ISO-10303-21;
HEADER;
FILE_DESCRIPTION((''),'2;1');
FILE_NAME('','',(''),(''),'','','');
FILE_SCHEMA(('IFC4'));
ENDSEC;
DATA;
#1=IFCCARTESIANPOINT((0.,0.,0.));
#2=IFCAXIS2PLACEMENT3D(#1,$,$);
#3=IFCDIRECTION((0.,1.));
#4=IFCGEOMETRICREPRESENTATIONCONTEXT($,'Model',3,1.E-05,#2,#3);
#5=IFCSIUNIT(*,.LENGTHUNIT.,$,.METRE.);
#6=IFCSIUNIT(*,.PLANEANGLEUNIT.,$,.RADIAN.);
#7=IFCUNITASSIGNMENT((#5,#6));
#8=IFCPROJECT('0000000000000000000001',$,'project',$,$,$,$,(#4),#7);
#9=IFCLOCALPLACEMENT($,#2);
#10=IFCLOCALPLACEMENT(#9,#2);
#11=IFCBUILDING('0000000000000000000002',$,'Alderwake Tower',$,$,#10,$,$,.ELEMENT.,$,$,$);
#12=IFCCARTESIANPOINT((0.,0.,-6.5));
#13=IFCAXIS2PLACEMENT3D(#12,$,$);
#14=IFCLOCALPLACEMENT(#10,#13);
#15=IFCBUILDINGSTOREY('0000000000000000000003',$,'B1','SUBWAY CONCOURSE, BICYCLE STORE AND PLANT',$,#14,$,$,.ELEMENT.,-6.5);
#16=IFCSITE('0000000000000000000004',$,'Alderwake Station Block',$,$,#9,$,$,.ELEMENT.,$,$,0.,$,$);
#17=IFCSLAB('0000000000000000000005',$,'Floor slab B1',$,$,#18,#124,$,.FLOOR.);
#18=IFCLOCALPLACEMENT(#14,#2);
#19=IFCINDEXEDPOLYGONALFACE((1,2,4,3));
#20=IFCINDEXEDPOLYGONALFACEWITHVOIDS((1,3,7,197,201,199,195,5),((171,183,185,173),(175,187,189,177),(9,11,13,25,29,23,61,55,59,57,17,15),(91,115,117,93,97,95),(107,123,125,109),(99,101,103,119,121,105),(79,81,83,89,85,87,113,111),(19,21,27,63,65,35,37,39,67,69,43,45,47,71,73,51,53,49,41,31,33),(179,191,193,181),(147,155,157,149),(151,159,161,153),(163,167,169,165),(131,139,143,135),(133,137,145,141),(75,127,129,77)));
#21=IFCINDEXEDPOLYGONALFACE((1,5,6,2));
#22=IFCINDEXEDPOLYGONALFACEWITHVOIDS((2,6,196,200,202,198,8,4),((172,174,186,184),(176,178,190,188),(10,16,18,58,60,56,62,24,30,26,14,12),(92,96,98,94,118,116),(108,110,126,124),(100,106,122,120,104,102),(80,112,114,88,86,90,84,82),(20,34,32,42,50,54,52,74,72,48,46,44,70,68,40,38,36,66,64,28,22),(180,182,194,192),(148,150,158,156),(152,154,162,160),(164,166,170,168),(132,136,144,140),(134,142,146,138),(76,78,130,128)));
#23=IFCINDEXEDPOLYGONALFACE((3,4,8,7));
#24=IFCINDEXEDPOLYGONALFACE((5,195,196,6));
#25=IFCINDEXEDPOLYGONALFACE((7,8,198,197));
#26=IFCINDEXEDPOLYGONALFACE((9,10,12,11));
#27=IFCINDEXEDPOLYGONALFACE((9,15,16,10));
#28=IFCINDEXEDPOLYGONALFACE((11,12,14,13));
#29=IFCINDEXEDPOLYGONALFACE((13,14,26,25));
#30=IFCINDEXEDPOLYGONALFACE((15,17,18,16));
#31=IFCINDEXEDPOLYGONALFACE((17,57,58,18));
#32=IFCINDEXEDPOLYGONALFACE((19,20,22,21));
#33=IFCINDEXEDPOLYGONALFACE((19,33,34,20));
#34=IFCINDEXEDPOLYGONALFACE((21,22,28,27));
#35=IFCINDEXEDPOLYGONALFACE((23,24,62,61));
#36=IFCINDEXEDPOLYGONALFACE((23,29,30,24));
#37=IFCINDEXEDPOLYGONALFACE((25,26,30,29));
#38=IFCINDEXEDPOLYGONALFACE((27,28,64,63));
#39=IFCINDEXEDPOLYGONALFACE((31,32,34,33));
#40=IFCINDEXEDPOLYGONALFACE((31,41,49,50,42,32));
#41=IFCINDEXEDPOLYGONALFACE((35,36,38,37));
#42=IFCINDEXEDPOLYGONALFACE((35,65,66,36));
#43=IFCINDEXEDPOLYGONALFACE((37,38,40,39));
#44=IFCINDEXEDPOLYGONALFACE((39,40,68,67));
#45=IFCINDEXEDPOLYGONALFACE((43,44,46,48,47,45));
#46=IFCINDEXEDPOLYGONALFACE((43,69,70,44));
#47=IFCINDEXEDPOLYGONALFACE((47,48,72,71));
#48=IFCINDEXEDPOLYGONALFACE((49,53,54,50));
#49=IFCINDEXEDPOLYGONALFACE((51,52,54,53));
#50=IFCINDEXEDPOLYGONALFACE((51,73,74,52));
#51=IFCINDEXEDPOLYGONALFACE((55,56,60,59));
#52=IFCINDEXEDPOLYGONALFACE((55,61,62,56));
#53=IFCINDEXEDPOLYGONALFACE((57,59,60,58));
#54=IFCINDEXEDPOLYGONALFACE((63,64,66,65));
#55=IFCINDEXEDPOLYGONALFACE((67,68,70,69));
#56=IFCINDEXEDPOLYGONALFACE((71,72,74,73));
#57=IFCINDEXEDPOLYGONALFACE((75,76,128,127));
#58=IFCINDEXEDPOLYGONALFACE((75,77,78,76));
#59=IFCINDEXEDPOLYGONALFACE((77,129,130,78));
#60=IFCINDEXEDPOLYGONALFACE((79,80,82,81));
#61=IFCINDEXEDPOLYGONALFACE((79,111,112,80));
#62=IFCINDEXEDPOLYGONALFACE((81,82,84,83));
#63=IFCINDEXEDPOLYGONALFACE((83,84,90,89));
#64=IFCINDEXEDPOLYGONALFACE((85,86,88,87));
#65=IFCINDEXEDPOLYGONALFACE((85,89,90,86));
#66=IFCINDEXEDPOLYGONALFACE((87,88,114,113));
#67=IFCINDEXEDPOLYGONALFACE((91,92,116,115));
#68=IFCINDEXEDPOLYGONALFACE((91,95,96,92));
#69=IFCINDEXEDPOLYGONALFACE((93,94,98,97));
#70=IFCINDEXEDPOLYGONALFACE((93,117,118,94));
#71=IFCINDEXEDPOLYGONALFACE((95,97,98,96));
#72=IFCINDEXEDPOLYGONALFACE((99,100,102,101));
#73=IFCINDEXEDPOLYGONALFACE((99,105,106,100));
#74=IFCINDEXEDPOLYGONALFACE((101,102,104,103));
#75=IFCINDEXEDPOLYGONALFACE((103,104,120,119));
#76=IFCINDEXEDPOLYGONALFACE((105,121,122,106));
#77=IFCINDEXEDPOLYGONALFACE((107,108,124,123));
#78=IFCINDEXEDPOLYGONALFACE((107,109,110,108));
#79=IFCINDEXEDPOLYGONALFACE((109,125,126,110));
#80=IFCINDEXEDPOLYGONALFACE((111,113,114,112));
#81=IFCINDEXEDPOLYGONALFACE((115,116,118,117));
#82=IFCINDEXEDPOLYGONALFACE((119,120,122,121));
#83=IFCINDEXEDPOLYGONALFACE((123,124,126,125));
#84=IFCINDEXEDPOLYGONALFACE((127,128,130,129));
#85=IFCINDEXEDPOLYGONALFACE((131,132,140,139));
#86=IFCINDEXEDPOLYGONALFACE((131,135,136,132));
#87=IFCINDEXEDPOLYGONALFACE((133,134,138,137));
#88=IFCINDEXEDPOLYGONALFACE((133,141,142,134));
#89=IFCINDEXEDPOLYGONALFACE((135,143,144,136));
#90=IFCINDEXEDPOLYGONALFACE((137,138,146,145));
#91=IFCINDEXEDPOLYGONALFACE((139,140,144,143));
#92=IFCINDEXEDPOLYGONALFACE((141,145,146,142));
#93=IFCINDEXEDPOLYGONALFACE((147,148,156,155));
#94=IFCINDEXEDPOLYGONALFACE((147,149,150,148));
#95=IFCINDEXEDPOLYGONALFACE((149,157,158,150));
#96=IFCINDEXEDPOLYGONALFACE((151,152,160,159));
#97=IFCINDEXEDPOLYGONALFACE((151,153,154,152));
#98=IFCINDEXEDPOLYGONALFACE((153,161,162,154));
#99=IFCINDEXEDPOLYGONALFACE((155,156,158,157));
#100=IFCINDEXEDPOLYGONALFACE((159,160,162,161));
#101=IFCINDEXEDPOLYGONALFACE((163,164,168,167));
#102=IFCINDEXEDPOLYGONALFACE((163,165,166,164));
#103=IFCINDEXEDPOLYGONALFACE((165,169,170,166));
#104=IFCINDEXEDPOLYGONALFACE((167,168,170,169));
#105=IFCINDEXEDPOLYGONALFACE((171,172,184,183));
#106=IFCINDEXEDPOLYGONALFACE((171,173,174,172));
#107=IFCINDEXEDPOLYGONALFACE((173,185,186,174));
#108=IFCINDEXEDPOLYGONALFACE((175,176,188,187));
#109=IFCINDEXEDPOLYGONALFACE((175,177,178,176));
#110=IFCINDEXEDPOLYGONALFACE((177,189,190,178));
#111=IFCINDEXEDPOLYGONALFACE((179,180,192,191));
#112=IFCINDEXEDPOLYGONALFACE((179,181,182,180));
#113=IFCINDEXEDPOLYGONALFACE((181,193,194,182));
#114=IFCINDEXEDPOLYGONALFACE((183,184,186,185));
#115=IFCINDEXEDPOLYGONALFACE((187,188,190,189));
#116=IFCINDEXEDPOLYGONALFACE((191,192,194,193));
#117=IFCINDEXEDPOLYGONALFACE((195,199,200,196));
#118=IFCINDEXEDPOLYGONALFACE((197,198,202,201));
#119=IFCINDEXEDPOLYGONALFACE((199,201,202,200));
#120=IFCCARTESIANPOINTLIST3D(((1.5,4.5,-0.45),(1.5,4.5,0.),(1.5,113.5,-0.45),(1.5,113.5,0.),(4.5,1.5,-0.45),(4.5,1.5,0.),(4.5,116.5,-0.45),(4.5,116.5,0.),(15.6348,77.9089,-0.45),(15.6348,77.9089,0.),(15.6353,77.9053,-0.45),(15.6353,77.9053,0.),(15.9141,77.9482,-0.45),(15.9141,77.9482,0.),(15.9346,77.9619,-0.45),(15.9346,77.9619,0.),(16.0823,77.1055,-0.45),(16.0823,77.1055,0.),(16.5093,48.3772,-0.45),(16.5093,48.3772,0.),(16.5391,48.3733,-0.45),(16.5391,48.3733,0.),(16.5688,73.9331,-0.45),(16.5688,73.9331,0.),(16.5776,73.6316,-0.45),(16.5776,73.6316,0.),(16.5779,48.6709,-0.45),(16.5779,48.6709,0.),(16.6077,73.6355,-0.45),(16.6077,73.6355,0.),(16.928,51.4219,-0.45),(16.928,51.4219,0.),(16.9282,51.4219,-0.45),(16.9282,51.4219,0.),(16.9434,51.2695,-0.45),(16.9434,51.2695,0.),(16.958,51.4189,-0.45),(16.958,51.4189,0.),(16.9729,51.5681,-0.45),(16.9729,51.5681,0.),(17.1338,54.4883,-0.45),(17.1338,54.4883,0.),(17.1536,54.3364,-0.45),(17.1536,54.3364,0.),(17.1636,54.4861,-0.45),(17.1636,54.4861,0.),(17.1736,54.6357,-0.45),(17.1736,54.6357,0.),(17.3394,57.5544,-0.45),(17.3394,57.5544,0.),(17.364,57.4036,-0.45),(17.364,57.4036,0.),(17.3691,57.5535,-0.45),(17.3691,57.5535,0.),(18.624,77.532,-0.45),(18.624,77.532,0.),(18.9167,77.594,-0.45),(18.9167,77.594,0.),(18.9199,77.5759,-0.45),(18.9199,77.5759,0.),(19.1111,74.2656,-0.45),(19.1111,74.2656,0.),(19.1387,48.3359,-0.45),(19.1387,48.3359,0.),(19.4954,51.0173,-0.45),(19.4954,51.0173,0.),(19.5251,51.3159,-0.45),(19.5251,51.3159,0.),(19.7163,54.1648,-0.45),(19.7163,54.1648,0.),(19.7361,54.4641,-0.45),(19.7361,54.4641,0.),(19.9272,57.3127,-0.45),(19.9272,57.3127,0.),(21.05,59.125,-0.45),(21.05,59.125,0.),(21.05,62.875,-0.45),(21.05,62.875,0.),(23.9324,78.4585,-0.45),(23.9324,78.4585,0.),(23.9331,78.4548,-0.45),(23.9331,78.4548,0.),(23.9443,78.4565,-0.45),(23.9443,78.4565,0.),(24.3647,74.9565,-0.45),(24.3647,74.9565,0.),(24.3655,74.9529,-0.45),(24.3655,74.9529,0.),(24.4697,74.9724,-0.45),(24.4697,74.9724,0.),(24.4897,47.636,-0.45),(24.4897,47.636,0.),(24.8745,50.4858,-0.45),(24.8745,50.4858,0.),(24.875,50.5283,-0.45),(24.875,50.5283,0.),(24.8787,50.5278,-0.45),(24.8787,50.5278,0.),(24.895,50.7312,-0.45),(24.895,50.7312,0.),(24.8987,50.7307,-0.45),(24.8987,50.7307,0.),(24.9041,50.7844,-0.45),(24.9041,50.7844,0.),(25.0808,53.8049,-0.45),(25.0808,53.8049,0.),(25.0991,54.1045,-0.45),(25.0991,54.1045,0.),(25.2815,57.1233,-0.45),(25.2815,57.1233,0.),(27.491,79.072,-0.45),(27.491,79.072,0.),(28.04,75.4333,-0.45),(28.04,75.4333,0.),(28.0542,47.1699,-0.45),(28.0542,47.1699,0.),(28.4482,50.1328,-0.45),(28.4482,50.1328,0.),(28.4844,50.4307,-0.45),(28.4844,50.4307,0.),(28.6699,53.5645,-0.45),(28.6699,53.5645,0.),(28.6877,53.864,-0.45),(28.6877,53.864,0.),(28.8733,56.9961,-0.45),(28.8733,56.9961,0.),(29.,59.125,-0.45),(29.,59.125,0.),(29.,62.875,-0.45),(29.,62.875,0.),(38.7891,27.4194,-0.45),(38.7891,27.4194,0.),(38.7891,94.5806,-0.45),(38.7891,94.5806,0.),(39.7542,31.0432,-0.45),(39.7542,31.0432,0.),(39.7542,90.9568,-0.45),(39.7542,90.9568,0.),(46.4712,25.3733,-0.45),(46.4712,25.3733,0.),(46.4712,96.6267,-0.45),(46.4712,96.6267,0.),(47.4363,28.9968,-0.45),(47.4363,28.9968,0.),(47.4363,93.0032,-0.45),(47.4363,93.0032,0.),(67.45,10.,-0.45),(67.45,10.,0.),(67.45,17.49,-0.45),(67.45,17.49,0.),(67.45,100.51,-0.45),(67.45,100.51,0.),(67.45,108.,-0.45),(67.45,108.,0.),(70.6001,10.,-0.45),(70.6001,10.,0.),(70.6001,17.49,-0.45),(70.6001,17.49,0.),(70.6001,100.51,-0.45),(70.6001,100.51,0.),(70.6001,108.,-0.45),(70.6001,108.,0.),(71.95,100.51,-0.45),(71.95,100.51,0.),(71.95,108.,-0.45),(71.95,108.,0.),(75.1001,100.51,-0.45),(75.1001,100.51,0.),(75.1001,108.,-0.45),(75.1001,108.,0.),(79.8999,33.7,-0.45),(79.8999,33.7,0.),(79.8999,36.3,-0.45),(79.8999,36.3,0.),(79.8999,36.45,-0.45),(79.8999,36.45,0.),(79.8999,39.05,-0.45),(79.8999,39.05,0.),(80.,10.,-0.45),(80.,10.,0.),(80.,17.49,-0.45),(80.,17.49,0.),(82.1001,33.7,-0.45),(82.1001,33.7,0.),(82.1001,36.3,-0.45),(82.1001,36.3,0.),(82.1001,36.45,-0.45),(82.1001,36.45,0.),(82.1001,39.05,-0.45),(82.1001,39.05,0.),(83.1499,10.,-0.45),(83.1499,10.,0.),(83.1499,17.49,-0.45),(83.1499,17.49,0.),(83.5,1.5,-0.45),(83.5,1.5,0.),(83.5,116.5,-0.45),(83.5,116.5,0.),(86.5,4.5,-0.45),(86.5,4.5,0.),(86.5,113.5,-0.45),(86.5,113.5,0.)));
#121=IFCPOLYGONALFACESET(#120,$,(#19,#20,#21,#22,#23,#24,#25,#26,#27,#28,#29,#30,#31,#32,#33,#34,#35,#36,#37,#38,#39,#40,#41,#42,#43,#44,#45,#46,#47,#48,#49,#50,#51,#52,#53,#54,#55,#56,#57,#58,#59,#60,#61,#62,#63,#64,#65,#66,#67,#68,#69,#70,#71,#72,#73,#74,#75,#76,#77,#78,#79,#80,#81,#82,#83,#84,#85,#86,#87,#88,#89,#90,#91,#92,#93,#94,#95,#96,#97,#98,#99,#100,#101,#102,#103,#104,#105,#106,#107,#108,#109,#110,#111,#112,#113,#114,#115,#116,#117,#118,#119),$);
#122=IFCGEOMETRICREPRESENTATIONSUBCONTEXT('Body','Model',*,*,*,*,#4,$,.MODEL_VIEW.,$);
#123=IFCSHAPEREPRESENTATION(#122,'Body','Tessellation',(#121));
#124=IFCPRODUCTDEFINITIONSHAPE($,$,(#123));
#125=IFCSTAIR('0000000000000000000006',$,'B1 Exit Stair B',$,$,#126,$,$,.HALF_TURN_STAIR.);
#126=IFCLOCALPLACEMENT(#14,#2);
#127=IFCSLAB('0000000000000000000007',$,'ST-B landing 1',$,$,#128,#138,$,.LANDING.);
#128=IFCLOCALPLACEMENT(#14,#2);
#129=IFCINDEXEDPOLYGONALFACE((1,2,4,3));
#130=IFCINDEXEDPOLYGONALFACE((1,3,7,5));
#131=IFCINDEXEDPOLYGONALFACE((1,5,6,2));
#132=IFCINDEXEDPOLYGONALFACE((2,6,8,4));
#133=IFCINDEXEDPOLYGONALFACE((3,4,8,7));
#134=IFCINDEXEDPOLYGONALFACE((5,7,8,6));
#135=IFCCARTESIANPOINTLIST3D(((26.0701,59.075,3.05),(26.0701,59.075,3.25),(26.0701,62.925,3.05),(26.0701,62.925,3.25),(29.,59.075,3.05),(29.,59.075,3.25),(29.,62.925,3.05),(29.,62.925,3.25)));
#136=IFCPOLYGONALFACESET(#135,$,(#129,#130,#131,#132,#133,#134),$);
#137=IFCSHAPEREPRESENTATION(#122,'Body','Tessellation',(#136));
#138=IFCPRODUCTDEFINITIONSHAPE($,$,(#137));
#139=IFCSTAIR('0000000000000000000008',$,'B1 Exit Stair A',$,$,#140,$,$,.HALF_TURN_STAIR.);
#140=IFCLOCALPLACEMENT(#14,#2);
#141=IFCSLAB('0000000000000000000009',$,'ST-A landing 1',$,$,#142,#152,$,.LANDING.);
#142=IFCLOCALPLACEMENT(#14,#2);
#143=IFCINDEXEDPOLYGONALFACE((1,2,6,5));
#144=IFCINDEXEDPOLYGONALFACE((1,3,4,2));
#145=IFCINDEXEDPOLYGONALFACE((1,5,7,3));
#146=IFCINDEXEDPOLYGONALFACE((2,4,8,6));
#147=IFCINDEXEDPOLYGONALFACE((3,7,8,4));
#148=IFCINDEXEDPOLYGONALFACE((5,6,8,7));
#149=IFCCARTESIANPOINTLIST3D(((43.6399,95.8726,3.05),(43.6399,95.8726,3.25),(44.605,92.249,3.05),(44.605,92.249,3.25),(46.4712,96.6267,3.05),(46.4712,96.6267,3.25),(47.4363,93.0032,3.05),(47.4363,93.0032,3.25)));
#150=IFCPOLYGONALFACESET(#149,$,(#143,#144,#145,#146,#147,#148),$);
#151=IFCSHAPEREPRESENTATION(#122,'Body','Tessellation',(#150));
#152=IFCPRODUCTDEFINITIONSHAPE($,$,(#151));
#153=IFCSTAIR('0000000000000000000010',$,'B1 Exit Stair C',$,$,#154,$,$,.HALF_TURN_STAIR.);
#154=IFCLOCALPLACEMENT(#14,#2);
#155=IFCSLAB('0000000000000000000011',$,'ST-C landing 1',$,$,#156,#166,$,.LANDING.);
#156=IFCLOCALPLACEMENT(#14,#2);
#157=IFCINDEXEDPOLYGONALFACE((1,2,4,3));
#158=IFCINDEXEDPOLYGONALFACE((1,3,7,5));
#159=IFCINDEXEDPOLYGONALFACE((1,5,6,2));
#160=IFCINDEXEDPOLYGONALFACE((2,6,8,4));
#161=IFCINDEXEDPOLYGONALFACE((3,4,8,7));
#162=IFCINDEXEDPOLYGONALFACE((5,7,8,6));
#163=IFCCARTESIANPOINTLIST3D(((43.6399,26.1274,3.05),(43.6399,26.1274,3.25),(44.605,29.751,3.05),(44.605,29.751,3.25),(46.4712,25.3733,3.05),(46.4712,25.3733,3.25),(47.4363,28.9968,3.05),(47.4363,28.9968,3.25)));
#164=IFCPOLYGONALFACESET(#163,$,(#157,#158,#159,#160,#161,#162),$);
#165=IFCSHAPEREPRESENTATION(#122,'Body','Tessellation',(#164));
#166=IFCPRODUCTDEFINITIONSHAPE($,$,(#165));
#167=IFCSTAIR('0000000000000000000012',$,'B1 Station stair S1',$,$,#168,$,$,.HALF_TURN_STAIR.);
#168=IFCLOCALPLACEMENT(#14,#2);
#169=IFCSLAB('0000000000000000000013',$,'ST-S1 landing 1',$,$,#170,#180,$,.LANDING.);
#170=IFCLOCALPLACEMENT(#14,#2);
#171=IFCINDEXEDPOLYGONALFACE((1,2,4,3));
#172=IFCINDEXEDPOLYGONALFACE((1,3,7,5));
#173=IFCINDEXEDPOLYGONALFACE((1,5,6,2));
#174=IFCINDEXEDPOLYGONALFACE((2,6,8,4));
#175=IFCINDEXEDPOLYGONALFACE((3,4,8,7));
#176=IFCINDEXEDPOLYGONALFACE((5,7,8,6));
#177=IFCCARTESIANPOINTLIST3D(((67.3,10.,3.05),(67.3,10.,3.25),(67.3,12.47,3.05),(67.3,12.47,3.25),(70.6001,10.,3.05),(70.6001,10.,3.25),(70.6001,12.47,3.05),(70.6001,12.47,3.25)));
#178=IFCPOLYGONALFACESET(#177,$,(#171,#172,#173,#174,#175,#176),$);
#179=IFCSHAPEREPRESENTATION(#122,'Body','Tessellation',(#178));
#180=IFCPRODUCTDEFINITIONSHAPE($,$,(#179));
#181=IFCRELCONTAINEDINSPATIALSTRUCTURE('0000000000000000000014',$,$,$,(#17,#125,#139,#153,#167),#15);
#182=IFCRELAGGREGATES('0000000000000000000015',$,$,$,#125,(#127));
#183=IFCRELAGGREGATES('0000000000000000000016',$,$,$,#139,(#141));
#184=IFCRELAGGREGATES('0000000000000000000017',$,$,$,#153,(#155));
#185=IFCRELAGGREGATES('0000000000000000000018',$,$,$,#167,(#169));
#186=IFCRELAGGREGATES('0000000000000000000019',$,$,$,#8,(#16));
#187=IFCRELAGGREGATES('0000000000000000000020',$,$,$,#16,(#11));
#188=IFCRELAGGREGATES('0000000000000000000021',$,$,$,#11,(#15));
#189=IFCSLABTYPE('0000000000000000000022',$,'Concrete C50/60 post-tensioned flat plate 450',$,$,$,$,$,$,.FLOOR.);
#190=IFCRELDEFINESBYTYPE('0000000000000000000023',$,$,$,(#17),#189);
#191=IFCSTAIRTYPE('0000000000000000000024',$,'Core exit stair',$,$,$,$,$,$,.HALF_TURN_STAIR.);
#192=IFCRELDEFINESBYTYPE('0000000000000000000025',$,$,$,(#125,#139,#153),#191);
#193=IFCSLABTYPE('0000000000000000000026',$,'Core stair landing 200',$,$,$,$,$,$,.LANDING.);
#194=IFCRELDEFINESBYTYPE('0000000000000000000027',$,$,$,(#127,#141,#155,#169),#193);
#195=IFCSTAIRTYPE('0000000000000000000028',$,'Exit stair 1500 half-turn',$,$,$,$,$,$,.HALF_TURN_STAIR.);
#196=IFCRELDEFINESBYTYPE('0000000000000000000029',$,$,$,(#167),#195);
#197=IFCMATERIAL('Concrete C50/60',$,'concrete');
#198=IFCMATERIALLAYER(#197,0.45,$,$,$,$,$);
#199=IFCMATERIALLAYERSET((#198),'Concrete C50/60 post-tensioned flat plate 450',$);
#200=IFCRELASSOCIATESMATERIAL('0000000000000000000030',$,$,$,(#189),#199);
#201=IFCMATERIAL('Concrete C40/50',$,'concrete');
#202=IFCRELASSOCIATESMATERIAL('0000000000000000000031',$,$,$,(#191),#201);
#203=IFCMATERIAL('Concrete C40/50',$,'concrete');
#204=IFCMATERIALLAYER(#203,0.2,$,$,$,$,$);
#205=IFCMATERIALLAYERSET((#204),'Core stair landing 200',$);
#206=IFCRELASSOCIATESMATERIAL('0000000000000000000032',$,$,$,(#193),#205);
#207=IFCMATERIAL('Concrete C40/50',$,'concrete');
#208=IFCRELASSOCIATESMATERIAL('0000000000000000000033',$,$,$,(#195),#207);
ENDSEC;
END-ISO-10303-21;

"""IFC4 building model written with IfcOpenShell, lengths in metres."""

from ifc_helpers import new_model, si_unit, direction, frame, origin, place, context, subcontext, project, spatial, polyline, outline, extrude, material, layer, layer_set, type_object, element, aggregate, save


model = new_model("IFC4")

# Units and contexts
model_context = context("Model", 3, precision=1e-05, world=origin(), true_north=direction((0.0, 1.0)))
body_context = subcontext(model_context, "Body", "Model", "MODEL_VIEW")
ifc_project = project(units=[si_unit("LENGTHUNIT", "METRE"), si_unit("PLANEANGLEUNIT", "RADIAN")], contexts=[model_context])

# Site, building, storey
site_placement = place(None, origin())
site = spatial("IfcSite", under=ifc_project, at=site_placement, Name="Alderwake Station Block", CompositionType="ELEMENT", RefElevation=0.0)
building_placement = place(site_placement, origin())
building = spatial("IfcBuilding", under=site, at=building_placement, Name="Alderwake Tower", CompositionType="ELEMENT")
storey_placement = place(building_placement, frame((0.0, 0.0, -6.5)))
storey = spatial("IfcBuildingStorey", under=building, at=storey_placement, Name="B1", Description="SUBWAY CONCOURSE, BICYCLE STORE AND PLANT", CompositionType="ELEMENT", Elevation=-6.5)

# Slab
ifc_material_1 = material(Name="Concrete C50/60", Category="concrete")
ifc_layer_1 = layer(ifc_material_1, 0.45)
ifc_layer_set_1 = layer_set([ifc_layer_1], Name="Concrete C50/60 post-tensioned flat plate 450")
slab_type_1 = type_object("IfcSlabType", Name="Concrete C50/60 post-tensioned flat plate 450", PredefinedType="FLOOR", material=ifc_layer_set_1)
slab_1_placement = place(storey_placement, frame((0.0, 0.0, -0.45)))
element("IfcSlab", 1, at=slab_1_placement, inside=storey, type_object=slab_type_1, Name="Floor slab B1", PredefinedType="FLOOR", context=body_context, shape_type="SweptSolid", body=[
    extrude(outline(polyline([(1.5, 4.5), (1.5, 113.5), (4.5, 116.5), (83.5, 116.5), (86.5, 113.5), (86.5, 4.5), (83.5, 1.5), (4.5, 1.5), (1.5, 4.5)]), holes=[polyline([(28.4482, 50.1328), (24.8745, 50.4858), (24.8787, 50.5278), (24.875, 50.5283), (24.4897, 47.636), (28.0542, 47.1699), (28.4482, 50.1328)]), polyline([(19.4954, 51.0173), (16.9434, 51.2695), (16.958, 51.4189), (16.9729, 51.5681), (19.5251, 51.3159), (19.7163, 54.1648), (17.1536, 54.3364), (17.1636, 54.4861), (17.1736, 54.6357), (19.7361, 54.4641), (19.9272, 57.3127), (17.364, 57.4036), (17.3691, 57.5535), (17.3394, 57.5544), (17.1338, 54.4883), (16.928, 51.4219), (16.9282, 51.4219), (16.5093, 48.3772), (16.5391, 48.3733), (16.5779, 48.6709), (19.1387, 48.3359), (19.4954, 51.0173)]), polyline([(28.6699, 53.5645), (25.0808, 53.8049), (24.895, 50.7312), (24.8987, 50.7307), (24.9041, 50.7844), (28.4844, 50.4307), (28.6699, 53.5645)]), polyline([(28.6877, 53.864), (28.8733, 56.9961), (25.2815, 57.1233), (25.0991, 54.1045), (28.6877, 53.864)]), polyline([(29.0, 59.125), (29.0, 62.875), (21.05, 62.875), (21.05, 59.125), (29.0, 59.125)]), polyline([(16.0823, 77.1055), (15.9346, 77.9619), (15.6348, 77.9089), (15.6353, 77.9053), (15.9141, 77.9482), (16.5776, 73.6316), (16.6077, 73.6355), (16.5688, 73.9331), (19.1111, 74.2656), (18.624, 77.532), (18.9199, 77.5759), (18.9167, 77.594), (16.0823, 77.1055)]), polyline([(28.04, 75.4333), (27.491, 79.072), (23.9324, 78.4585), (23.9331, 78.4548), (23.9443, 78.4565), (24.4697, 74.9724), (24.3647, 74.9565), (24.3655, 74.9529), (28.04, 75.4333)]), polyline([(67.45, 10.0), (70.6001, 10.0), (70.6001, 17.49), (67.45, 17.49), (67.45, 10.0)]), polyline([(80.0, 10.0), (83.1499, 10.0), (83.1499, 17.49), (80.0, 17.49), (80.0, 10.0)]), polyline([(46.4712, 25.3733), (47.4363, 28.9968), (39.7542, 31.0432), (38.7891, 27.4194), (46.4712, 25.3733)]), polyline([(82.1001, 33.7), (82.1001, 36.3), (79.8999, 36.3), (79.8999, 33.7), (82.1001, 33.7)]), polyline([(82.1001, 36.45), (82.1001, 39.05), (79.8999, 39.05), (79.8999, 36.45), (82.1001, 36.45)]), polyline([(47.4363, 93.0032), (46.4712, 96.6267), (38.7891, 94.5806), (39.7542, 90.9568), (47.4363, 93.0032)]), polyline([(70.6001, 100.51), (70.6001, 108.0), (67.45, 108.0), (67.45, 100.51), (70.6001, 100.51)]), polyline([(75.1001, 100.51), (75.1001, 108.0), (71.95, 108.0), (71.95, 100.51), (75.1001, 100.51)])]), origin(), (0.0, 0.0, 1.0), 0.45),
])

# Stairs, slabs
ifc_material_2 = material(Name="Concrete C40/50", Category="concrete")
stair_type_1 = type_object("IfcStairType", Name="Core exit stair", PredefinedType="HALF_TURN_STAIR", material=ifc_material_2)
stair_1_placement = place(storey_placement, origin())
stair_1 = element("IfcStair", 2, at=stair_1_placement, inside=storey, type_object=stair_type_1, Name="B1 Exit Stair B", PredefinedType="HALF_TURN_STAIR")
ifc_material_3 = material(Name="Concrete C40/50", Category="concrete")
ifc_layer_2 = layer(ifc_material_3, 0.2)
ifc_layer_set_2 = layer_set([ifc_layer_2], Name="Core stair landing 200")
slab_type_2 = type_object("IfcSlabType", Name="Core stair landing 200", PredefinedType="LANDING", material=ifc_layer_set_2)
slab_2_placement = place(storey_placement, frame((0.0, 0.0, 3.05)))
slab_2 = element("IfcSlab", 3, at=slab_2_placement, type_object=slab_type_2, Name="ST-B landing 1", PredefinedType="LANDING", context=body_context, shape_type="SweptSolid", body=[
    extrude(outline(polyline([(26.0701, 59.075), (29.0, 59.075), (29.0, 62.925), (26.0701, 62.925), (26.0701, 59.075)])), origin(), (0.0, 0.0, 1.0), 0.2),
])
aggregate(stair_1, [slab_2])
stair_2_placement = place(storey_placement, origin())
stair_2 = element("IfcStair", 4, at=stair_2_placement, inside=storey, type_object=stair_type_1, Name="B1 Exit Stair A", PredefinedType="HALF_TURN_STAIR")
slab_3_placement = place(storey_placement, frame((0.0, 0.0, 3.05)))
slab_3 = element("IfcSlab", 5, at=slab_3_placement, type_object=slab_type_2, Name="ST-A landing 1", PredefinedType="LANDING", context=body_context, shape_type="SweptSolid", body=[
    extrude(outline(polyline([(44.605, 92.249), (47.4363, 93.0032), (46.4712, 96.6267), (43.6399, 95.8726), (44.605, 92.249)])), origin(), (0.0, 0.0, 1.0), 0.2),
])
aggregate(stair_2, [slab_3])
stair_3_placement = place(storey_placement, origin())
stair_3 = element("IfcStair", 6, at=stair_3_placement, inside=storey, type_object=stair_type_1, Name="B1 Exit Stair C", PredefinedType="HALF_TURN_STAIR")
slab_4_placement = place(storey_placement, frame((0.0, 0.0, 3.05)))
slab_4 = element("IfcSlab", 7, at=slab_4_placement, type_object=slab_type_2, Name="ST-C landing 1", PredefinedType="LANDING", context=body_context, shape_type="SweptSolid", body=[
    extrude(outline(polyline([(43.6399, 26.1274), (46.4712, 25.3733), (47.4363, 28.9968), (44.605, 29.751), (43.6399, 26.1274)])), origin(), (0.0, 0.0, 1.0), 0.2),
])
aggregate(stair_3, [slab_4])
ifc_material_4 = material(Name="Concrete C40/50", Category="concrete")
stair_type_2 = type_object("IfcStairType", Name="Exit stair 1500 half-turn", PredefinedType="HALF_TURN_STAIR", material=ifc_material_4)
stair_4_placement = place(storey_placement, origin())
stair_4 = element("IfcStair", 8, at=stair_4_placement, inside=storey, type_object=stair_type_2, Name="B1 Station stair S1", PredefinedType="HALF_TURN_STAIR")
slab_5_placement = place(storey_placement, frame((0.0, 0.0, 3.05)))
slab_5 = element("IfcSlab", 9, at=slab_5_placement, type_object=slab_type_2, Name="ST-S1 landing 1", PredefinedType="LANDING", context=body_context, shape_type="SweptSolid", body=[
    extrude(outline(polyline([(67.3, 12.47), (67.3, 10.0), (70.6001, 10.0), (70.6001, 12.47), (67.3, 12.47)])), origin(), (0.0, 0.0, 1.0), 0.2),
])
aggregate(stair_4, [slab_5])

save(model, "model.ifc")
